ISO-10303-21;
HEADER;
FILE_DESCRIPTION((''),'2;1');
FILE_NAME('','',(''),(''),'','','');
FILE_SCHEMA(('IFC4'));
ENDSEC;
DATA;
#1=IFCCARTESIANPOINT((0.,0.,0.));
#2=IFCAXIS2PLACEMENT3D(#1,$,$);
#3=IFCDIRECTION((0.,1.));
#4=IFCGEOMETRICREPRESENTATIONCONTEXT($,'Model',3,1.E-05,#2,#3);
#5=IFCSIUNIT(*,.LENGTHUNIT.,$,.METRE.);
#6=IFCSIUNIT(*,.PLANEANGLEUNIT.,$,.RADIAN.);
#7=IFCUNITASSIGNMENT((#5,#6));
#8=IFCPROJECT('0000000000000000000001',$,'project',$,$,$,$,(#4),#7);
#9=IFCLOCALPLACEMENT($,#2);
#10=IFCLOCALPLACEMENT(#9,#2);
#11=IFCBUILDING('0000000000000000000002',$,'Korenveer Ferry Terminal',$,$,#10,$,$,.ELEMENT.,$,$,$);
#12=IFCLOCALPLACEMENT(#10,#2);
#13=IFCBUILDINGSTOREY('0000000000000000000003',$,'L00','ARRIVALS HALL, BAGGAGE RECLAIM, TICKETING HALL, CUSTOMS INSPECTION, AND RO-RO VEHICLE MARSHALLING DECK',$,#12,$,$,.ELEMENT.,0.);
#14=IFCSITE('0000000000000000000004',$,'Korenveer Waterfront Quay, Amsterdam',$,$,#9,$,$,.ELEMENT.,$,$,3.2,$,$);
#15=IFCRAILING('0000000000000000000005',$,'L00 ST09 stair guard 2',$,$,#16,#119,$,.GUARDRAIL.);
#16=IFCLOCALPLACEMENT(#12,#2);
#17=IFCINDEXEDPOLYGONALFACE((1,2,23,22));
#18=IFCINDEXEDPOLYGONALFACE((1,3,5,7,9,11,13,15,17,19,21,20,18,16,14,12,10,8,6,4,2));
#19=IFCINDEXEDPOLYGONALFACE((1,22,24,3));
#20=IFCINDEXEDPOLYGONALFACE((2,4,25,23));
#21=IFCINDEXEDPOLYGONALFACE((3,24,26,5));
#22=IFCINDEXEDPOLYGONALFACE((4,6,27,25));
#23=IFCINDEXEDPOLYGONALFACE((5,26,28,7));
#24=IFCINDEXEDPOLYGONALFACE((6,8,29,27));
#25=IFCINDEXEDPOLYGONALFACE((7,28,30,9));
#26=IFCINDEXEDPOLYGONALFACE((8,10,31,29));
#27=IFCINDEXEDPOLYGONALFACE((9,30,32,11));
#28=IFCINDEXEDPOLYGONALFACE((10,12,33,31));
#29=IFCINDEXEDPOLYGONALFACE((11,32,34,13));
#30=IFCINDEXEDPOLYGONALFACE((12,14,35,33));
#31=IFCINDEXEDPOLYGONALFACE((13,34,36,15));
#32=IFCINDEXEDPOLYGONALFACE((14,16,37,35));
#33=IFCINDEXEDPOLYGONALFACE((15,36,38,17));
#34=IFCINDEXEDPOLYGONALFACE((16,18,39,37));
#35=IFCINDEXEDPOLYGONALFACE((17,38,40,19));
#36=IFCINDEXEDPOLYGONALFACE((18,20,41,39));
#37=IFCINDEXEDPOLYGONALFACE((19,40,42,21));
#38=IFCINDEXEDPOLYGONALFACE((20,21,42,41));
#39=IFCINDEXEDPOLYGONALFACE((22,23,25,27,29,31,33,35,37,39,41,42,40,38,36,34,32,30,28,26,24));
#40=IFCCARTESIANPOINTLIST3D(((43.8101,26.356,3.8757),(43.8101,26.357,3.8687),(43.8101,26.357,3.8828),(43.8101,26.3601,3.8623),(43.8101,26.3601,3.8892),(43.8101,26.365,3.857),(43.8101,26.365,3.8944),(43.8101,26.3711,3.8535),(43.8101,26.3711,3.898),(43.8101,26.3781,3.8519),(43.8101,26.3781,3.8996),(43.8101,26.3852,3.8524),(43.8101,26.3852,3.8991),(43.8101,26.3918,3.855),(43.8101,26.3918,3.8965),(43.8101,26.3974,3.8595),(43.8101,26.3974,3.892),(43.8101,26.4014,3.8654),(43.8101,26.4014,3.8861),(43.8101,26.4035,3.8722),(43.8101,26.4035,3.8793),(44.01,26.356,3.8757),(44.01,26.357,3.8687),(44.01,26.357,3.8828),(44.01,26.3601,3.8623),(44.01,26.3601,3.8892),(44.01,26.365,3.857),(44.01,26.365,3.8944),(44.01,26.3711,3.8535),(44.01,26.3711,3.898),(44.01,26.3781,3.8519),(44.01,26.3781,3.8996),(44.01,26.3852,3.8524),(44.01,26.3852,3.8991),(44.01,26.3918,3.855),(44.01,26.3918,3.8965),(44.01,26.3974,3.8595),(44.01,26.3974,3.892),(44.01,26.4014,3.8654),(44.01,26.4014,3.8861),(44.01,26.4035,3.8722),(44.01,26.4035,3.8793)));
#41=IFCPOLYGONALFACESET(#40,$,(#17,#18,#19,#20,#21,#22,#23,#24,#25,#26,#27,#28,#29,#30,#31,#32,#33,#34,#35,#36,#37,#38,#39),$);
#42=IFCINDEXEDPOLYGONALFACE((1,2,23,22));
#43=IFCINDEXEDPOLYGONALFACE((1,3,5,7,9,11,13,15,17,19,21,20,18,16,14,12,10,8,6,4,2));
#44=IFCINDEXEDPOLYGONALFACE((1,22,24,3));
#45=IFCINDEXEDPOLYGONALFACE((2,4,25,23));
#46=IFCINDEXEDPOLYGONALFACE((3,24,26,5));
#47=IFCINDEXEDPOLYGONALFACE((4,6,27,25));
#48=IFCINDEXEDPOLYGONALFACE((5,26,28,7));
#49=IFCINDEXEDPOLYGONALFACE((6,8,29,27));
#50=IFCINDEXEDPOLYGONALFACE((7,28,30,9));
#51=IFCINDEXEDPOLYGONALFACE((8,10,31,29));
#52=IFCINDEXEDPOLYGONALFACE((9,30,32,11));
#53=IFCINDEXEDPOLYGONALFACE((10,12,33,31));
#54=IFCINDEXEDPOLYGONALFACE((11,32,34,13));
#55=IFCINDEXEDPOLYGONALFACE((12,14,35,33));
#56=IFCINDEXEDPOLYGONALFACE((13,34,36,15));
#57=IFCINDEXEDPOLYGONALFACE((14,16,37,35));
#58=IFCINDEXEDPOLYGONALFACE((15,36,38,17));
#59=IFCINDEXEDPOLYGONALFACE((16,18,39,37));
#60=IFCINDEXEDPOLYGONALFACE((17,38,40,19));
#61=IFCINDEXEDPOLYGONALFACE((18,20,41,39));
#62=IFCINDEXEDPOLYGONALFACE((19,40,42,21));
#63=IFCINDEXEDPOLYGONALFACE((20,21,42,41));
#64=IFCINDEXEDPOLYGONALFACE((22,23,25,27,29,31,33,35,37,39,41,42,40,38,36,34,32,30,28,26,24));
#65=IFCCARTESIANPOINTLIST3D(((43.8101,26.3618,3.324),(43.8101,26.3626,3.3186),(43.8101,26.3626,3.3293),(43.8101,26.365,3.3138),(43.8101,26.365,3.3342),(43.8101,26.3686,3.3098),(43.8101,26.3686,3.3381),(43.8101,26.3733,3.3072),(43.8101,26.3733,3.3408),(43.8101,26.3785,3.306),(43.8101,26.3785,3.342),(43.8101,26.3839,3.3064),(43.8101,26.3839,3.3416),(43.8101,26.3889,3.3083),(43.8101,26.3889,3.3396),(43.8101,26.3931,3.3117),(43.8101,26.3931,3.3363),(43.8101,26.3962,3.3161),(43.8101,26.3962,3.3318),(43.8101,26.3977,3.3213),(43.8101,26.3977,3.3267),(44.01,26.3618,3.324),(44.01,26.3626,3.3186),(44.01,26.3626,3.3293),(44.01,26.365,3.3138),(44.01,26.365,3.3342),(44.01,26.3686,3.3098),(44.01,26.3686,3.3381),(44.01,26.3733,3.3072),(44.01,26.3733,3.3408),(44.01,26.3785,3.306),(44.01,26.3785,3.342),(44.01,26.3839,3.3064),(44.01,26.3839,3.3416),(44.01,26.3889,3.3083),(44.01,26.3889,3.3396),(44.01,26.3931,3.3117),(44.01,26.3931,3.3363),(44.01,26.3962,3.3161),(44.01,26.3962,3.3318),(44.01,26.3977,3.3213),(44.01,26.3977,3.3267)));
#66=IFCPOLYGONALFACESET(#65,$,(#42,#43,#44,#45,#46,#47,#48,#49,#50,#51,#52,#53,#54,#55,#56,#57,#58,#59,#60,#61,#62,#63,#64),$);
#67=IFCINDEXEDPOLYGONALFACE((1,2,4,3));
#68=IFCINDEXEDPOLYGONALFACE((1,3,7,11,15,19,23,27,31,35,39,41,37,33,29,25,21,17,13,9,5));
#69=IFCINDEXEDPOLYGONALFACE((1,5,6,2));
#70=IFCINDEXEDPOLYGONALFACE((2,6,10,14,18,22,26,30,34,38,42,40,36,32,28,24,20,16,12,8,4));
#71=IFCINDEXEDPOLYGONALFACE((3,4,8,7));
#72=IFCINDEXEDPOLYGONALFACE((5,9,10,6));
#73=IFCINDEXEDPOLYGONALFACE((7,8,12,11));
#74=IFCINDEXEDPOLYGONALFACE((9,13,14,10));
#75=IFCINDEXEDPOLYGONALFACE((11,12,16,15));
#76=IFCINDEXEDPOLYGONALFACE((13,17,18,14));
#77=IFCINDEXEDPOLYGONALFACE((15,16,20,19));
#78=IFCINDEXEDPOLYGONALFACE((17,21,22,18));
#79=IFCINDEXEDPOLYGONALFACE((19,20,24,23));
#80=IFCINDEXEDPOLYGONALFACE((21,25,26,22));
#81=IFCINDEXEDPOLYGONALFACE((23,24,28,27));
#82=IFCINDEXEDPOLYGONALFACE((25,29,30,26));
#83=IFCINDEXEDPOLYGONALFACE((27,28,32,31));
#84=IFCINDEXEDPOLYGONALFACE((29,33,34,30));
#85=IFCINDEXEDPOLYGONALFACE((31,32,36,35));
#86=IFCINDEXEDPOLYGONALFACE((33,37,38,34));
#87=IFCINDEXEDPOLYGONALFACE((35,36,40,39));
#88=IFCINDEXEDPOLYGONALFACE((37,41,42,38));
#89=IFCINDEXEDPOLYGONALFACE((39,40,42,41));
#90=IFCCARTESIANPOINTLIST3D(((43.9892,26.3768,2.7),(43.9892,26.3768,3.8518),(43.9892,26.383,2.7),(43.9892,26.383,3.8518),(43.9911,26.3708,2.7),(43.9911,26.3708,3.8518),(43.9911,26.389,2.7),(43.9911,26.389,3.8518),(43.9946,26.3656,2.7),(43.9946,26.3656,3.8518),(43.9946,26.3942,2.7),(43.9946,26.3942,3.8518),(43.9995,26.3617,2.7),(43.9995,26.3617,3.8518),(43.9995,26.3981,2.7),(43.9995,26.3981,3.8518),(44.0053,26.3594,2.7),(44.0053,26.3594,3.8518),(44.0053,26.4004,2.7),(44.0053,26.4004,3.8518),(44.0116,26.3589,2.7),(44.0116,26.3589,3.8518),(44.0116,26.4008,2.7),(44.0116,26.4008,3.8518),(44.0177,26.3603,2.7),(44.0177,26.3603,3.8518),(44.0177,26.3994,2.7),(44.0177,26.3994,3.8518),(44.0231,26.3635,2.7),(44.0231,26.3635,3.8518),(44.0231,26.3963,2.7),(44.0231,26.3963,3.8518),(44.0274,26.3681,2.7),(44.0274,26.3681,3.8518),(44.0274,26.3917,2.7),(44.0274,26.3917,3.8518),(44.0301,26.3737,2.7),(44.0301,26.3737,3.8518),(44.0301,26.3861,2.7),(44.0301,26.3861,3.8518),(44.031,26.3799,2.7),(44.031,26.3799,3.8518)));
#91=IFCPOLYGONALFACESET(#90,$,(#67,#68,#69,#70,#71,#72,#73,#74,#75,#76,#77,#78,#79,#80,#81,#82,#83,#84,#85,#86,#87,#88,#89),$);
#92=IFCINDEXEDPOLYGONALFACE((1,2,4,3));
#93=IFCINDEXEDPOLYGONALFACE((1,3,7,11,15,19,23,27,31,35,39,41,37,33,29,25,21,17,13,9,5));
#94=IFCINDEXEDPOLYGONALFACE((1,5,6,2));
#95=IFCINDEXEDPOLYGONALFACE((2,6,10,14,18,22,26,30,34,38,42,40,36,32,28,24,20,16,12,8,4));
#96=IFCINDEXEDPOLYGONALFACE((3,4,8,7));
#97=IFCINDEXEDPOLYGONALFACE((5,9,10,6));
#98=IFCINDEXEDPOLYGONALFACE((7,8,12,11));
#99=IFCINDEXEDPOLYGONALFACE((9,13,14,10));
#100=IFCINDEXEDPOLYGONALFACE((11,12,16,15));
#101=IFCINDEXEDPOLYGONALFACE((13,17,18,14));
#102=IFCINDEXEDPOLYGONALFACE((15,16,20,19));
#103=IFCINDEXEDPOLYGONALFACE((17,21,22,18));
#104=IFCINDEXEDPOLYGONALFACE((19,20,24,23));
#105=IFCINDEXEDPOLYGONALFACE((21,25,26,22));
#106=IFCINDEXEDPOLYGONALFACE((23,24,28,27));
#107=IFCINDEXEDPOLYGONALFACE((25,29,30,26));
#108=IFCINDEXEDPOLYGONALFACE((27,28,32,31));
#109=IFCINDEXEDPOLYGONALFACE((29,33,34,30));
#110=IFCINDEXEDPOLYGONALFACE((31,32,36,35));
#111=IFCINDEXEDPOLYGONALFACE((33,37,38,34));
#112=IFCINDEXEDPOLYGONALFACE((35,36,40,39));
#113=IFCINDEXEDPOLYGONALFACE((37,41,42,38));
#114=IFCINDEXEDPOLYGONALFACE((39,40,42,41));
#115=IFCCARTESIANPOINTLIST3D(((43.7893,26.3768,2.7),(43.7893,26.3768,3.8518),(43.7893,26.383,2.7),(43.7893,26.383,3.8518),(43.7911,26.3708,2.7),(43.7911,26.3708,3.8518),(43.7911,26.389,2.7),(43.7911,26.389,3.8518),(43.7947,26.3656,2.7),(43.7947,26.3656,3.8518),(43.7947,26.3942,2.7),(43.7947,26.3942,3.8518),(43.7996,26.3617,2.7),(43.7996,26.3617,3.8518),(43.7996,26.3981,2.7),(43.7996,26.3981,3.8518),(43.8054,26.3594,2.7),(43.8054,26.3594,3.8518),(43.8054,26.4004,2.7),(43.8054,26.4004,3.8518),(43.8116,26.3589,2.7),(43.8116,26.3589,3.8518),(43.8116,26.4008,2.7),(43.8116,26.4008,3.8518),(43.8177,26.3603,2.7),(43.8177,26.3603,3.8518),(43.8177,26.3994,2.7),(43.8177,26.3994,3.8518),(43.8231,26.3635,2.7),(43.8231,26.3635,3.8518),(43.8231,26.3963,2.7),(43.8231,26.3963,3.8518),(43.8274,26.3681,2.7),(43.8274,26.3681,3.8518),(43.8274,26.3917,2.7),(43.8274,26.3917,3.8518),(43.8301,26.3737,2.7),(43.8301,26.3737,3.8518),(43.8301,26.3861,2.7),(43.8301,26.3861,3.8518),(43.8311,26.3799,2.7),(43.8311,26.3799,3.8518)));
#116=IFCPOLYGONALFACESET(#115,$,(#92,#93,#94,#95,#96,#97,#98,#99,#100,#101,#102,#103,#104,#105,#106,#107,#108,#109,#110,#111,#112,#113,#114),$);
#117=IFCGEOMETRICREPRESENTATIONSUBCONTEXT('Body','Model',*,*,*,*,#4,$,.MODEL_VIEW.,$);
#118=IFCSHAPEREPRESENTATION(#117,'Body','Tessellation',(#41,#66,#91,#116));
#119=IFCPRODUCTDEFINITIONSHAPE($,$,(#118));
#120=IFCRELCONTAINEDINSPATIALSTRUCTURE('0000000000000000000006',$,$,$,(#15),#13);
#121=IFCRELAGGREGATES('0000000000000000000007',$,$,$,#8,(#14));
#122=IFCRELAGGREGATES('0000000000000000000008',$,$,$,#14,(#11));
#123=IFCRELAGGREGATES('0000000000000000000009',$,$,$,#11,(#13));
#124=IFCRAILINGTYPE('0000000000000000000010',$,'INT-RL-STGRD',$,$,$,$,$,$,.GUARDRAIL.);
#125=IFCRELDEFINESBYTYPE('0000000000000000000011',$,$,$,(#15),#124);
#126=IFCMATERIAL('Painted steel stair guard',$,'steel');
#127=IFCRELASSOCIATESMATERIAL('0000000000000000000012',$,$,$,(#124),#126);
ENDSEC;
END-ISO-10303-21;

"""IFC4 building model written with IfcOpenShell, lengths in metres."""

from ifc_helpers import new_model, si_unit, direction, frame, origin, origin_2d, place, context, subcontext, project, spatial, circle, extrude, material, type_object, element, save


model = new_model("IFC4")

# Units and contexts
model_context = context("Model", 3, precision=1e-05, world=origin(), true_north=direction((0.0, 1.0)))
body_context = subcontext(model_context, "Body", "Model", "MODEL_VIEW")
ifc_project = project(units=[si_unit("LENGTHUNIT", "METRE"), si_unit("PLANEANGLEUNIT", "RADIAN")], contexts=[model_context])

# Site, building, storey
site_placement = place(None, origin())
site = spatial("IfcSite", under=ifc_project, at=site_placement, Name="Korenveer Waterfront Quay, Amsterdam", CompositionType="ELEMENT", RefElevation=3.2)
building_placement = place(site_placement, origin())
building = spatial("IfcBuilding", under=site, at=building_placement, Name="Korenveer Ferry Terminal", CompositionType="ELEMENT")
storey_placement = place(building_placement, origin())
storey = spatial("IfcBuildingStorey", under=building, at=storey_placement, Name="L00", Description="ARRIVALS HALL, BAGGAGE RECLAIM, TICKETING HALL, CUSTOMS INSPECTION, AND RO-RO VEHICLE MARSHALLING DECK", CompositionType="ELEMENT", Elevation=0.0)

# Railing
ifc_material_1 = material(Name="Painted steel stair guard", Category="steel")
railing_type_1 = type_object("IfcRailingType", Name="INT-RL-STGRD", PredefinedType="GUARDRAIL", material=ifc_material_1)
railing_1_placement = place(storey_placement, frame((44.01, 26.3799, 2.7)))
element("IfcRailing", 1, at=railing_1_placement, inside=storey, type_object=railing_type_1, Name="L00 ST09 stair guard 2", PredefinedType="GUARDRAIL", context=body_context, shape_type="SweptSolid", body=[
    extrude(circle(Radius=0.0239, at=origin_2d()), frame((0.0, 0.0, 1.1758), z_axis=(-1.0, 0.0, 0.0), x_axis=(0.0, -1.0, 0.0)), (0.0, 0.0, 1.0), 0.2),
    extrude(circle(Radius=0.0181, at=origin_2d()), frame((0.0, 0.0, 0.624), z_axis=(-1.0, 0.0, 0.0), x_axis=(0.0, -1.0, 0.0)), (0.0, 0.0, 1.0), 0.2),
    extrude(circle(Radius=0.021, at=origin_2d()), origin(), (0.0, 0.0, 1.0), 1.1519),
    extrude(circle(Radius=0.021, at=origin_2d()), frame((-0.2, 0.0, 0.0)), (0.0, 0.0, 1.0), 1.1519),
])

save(model, "model.ifc")
